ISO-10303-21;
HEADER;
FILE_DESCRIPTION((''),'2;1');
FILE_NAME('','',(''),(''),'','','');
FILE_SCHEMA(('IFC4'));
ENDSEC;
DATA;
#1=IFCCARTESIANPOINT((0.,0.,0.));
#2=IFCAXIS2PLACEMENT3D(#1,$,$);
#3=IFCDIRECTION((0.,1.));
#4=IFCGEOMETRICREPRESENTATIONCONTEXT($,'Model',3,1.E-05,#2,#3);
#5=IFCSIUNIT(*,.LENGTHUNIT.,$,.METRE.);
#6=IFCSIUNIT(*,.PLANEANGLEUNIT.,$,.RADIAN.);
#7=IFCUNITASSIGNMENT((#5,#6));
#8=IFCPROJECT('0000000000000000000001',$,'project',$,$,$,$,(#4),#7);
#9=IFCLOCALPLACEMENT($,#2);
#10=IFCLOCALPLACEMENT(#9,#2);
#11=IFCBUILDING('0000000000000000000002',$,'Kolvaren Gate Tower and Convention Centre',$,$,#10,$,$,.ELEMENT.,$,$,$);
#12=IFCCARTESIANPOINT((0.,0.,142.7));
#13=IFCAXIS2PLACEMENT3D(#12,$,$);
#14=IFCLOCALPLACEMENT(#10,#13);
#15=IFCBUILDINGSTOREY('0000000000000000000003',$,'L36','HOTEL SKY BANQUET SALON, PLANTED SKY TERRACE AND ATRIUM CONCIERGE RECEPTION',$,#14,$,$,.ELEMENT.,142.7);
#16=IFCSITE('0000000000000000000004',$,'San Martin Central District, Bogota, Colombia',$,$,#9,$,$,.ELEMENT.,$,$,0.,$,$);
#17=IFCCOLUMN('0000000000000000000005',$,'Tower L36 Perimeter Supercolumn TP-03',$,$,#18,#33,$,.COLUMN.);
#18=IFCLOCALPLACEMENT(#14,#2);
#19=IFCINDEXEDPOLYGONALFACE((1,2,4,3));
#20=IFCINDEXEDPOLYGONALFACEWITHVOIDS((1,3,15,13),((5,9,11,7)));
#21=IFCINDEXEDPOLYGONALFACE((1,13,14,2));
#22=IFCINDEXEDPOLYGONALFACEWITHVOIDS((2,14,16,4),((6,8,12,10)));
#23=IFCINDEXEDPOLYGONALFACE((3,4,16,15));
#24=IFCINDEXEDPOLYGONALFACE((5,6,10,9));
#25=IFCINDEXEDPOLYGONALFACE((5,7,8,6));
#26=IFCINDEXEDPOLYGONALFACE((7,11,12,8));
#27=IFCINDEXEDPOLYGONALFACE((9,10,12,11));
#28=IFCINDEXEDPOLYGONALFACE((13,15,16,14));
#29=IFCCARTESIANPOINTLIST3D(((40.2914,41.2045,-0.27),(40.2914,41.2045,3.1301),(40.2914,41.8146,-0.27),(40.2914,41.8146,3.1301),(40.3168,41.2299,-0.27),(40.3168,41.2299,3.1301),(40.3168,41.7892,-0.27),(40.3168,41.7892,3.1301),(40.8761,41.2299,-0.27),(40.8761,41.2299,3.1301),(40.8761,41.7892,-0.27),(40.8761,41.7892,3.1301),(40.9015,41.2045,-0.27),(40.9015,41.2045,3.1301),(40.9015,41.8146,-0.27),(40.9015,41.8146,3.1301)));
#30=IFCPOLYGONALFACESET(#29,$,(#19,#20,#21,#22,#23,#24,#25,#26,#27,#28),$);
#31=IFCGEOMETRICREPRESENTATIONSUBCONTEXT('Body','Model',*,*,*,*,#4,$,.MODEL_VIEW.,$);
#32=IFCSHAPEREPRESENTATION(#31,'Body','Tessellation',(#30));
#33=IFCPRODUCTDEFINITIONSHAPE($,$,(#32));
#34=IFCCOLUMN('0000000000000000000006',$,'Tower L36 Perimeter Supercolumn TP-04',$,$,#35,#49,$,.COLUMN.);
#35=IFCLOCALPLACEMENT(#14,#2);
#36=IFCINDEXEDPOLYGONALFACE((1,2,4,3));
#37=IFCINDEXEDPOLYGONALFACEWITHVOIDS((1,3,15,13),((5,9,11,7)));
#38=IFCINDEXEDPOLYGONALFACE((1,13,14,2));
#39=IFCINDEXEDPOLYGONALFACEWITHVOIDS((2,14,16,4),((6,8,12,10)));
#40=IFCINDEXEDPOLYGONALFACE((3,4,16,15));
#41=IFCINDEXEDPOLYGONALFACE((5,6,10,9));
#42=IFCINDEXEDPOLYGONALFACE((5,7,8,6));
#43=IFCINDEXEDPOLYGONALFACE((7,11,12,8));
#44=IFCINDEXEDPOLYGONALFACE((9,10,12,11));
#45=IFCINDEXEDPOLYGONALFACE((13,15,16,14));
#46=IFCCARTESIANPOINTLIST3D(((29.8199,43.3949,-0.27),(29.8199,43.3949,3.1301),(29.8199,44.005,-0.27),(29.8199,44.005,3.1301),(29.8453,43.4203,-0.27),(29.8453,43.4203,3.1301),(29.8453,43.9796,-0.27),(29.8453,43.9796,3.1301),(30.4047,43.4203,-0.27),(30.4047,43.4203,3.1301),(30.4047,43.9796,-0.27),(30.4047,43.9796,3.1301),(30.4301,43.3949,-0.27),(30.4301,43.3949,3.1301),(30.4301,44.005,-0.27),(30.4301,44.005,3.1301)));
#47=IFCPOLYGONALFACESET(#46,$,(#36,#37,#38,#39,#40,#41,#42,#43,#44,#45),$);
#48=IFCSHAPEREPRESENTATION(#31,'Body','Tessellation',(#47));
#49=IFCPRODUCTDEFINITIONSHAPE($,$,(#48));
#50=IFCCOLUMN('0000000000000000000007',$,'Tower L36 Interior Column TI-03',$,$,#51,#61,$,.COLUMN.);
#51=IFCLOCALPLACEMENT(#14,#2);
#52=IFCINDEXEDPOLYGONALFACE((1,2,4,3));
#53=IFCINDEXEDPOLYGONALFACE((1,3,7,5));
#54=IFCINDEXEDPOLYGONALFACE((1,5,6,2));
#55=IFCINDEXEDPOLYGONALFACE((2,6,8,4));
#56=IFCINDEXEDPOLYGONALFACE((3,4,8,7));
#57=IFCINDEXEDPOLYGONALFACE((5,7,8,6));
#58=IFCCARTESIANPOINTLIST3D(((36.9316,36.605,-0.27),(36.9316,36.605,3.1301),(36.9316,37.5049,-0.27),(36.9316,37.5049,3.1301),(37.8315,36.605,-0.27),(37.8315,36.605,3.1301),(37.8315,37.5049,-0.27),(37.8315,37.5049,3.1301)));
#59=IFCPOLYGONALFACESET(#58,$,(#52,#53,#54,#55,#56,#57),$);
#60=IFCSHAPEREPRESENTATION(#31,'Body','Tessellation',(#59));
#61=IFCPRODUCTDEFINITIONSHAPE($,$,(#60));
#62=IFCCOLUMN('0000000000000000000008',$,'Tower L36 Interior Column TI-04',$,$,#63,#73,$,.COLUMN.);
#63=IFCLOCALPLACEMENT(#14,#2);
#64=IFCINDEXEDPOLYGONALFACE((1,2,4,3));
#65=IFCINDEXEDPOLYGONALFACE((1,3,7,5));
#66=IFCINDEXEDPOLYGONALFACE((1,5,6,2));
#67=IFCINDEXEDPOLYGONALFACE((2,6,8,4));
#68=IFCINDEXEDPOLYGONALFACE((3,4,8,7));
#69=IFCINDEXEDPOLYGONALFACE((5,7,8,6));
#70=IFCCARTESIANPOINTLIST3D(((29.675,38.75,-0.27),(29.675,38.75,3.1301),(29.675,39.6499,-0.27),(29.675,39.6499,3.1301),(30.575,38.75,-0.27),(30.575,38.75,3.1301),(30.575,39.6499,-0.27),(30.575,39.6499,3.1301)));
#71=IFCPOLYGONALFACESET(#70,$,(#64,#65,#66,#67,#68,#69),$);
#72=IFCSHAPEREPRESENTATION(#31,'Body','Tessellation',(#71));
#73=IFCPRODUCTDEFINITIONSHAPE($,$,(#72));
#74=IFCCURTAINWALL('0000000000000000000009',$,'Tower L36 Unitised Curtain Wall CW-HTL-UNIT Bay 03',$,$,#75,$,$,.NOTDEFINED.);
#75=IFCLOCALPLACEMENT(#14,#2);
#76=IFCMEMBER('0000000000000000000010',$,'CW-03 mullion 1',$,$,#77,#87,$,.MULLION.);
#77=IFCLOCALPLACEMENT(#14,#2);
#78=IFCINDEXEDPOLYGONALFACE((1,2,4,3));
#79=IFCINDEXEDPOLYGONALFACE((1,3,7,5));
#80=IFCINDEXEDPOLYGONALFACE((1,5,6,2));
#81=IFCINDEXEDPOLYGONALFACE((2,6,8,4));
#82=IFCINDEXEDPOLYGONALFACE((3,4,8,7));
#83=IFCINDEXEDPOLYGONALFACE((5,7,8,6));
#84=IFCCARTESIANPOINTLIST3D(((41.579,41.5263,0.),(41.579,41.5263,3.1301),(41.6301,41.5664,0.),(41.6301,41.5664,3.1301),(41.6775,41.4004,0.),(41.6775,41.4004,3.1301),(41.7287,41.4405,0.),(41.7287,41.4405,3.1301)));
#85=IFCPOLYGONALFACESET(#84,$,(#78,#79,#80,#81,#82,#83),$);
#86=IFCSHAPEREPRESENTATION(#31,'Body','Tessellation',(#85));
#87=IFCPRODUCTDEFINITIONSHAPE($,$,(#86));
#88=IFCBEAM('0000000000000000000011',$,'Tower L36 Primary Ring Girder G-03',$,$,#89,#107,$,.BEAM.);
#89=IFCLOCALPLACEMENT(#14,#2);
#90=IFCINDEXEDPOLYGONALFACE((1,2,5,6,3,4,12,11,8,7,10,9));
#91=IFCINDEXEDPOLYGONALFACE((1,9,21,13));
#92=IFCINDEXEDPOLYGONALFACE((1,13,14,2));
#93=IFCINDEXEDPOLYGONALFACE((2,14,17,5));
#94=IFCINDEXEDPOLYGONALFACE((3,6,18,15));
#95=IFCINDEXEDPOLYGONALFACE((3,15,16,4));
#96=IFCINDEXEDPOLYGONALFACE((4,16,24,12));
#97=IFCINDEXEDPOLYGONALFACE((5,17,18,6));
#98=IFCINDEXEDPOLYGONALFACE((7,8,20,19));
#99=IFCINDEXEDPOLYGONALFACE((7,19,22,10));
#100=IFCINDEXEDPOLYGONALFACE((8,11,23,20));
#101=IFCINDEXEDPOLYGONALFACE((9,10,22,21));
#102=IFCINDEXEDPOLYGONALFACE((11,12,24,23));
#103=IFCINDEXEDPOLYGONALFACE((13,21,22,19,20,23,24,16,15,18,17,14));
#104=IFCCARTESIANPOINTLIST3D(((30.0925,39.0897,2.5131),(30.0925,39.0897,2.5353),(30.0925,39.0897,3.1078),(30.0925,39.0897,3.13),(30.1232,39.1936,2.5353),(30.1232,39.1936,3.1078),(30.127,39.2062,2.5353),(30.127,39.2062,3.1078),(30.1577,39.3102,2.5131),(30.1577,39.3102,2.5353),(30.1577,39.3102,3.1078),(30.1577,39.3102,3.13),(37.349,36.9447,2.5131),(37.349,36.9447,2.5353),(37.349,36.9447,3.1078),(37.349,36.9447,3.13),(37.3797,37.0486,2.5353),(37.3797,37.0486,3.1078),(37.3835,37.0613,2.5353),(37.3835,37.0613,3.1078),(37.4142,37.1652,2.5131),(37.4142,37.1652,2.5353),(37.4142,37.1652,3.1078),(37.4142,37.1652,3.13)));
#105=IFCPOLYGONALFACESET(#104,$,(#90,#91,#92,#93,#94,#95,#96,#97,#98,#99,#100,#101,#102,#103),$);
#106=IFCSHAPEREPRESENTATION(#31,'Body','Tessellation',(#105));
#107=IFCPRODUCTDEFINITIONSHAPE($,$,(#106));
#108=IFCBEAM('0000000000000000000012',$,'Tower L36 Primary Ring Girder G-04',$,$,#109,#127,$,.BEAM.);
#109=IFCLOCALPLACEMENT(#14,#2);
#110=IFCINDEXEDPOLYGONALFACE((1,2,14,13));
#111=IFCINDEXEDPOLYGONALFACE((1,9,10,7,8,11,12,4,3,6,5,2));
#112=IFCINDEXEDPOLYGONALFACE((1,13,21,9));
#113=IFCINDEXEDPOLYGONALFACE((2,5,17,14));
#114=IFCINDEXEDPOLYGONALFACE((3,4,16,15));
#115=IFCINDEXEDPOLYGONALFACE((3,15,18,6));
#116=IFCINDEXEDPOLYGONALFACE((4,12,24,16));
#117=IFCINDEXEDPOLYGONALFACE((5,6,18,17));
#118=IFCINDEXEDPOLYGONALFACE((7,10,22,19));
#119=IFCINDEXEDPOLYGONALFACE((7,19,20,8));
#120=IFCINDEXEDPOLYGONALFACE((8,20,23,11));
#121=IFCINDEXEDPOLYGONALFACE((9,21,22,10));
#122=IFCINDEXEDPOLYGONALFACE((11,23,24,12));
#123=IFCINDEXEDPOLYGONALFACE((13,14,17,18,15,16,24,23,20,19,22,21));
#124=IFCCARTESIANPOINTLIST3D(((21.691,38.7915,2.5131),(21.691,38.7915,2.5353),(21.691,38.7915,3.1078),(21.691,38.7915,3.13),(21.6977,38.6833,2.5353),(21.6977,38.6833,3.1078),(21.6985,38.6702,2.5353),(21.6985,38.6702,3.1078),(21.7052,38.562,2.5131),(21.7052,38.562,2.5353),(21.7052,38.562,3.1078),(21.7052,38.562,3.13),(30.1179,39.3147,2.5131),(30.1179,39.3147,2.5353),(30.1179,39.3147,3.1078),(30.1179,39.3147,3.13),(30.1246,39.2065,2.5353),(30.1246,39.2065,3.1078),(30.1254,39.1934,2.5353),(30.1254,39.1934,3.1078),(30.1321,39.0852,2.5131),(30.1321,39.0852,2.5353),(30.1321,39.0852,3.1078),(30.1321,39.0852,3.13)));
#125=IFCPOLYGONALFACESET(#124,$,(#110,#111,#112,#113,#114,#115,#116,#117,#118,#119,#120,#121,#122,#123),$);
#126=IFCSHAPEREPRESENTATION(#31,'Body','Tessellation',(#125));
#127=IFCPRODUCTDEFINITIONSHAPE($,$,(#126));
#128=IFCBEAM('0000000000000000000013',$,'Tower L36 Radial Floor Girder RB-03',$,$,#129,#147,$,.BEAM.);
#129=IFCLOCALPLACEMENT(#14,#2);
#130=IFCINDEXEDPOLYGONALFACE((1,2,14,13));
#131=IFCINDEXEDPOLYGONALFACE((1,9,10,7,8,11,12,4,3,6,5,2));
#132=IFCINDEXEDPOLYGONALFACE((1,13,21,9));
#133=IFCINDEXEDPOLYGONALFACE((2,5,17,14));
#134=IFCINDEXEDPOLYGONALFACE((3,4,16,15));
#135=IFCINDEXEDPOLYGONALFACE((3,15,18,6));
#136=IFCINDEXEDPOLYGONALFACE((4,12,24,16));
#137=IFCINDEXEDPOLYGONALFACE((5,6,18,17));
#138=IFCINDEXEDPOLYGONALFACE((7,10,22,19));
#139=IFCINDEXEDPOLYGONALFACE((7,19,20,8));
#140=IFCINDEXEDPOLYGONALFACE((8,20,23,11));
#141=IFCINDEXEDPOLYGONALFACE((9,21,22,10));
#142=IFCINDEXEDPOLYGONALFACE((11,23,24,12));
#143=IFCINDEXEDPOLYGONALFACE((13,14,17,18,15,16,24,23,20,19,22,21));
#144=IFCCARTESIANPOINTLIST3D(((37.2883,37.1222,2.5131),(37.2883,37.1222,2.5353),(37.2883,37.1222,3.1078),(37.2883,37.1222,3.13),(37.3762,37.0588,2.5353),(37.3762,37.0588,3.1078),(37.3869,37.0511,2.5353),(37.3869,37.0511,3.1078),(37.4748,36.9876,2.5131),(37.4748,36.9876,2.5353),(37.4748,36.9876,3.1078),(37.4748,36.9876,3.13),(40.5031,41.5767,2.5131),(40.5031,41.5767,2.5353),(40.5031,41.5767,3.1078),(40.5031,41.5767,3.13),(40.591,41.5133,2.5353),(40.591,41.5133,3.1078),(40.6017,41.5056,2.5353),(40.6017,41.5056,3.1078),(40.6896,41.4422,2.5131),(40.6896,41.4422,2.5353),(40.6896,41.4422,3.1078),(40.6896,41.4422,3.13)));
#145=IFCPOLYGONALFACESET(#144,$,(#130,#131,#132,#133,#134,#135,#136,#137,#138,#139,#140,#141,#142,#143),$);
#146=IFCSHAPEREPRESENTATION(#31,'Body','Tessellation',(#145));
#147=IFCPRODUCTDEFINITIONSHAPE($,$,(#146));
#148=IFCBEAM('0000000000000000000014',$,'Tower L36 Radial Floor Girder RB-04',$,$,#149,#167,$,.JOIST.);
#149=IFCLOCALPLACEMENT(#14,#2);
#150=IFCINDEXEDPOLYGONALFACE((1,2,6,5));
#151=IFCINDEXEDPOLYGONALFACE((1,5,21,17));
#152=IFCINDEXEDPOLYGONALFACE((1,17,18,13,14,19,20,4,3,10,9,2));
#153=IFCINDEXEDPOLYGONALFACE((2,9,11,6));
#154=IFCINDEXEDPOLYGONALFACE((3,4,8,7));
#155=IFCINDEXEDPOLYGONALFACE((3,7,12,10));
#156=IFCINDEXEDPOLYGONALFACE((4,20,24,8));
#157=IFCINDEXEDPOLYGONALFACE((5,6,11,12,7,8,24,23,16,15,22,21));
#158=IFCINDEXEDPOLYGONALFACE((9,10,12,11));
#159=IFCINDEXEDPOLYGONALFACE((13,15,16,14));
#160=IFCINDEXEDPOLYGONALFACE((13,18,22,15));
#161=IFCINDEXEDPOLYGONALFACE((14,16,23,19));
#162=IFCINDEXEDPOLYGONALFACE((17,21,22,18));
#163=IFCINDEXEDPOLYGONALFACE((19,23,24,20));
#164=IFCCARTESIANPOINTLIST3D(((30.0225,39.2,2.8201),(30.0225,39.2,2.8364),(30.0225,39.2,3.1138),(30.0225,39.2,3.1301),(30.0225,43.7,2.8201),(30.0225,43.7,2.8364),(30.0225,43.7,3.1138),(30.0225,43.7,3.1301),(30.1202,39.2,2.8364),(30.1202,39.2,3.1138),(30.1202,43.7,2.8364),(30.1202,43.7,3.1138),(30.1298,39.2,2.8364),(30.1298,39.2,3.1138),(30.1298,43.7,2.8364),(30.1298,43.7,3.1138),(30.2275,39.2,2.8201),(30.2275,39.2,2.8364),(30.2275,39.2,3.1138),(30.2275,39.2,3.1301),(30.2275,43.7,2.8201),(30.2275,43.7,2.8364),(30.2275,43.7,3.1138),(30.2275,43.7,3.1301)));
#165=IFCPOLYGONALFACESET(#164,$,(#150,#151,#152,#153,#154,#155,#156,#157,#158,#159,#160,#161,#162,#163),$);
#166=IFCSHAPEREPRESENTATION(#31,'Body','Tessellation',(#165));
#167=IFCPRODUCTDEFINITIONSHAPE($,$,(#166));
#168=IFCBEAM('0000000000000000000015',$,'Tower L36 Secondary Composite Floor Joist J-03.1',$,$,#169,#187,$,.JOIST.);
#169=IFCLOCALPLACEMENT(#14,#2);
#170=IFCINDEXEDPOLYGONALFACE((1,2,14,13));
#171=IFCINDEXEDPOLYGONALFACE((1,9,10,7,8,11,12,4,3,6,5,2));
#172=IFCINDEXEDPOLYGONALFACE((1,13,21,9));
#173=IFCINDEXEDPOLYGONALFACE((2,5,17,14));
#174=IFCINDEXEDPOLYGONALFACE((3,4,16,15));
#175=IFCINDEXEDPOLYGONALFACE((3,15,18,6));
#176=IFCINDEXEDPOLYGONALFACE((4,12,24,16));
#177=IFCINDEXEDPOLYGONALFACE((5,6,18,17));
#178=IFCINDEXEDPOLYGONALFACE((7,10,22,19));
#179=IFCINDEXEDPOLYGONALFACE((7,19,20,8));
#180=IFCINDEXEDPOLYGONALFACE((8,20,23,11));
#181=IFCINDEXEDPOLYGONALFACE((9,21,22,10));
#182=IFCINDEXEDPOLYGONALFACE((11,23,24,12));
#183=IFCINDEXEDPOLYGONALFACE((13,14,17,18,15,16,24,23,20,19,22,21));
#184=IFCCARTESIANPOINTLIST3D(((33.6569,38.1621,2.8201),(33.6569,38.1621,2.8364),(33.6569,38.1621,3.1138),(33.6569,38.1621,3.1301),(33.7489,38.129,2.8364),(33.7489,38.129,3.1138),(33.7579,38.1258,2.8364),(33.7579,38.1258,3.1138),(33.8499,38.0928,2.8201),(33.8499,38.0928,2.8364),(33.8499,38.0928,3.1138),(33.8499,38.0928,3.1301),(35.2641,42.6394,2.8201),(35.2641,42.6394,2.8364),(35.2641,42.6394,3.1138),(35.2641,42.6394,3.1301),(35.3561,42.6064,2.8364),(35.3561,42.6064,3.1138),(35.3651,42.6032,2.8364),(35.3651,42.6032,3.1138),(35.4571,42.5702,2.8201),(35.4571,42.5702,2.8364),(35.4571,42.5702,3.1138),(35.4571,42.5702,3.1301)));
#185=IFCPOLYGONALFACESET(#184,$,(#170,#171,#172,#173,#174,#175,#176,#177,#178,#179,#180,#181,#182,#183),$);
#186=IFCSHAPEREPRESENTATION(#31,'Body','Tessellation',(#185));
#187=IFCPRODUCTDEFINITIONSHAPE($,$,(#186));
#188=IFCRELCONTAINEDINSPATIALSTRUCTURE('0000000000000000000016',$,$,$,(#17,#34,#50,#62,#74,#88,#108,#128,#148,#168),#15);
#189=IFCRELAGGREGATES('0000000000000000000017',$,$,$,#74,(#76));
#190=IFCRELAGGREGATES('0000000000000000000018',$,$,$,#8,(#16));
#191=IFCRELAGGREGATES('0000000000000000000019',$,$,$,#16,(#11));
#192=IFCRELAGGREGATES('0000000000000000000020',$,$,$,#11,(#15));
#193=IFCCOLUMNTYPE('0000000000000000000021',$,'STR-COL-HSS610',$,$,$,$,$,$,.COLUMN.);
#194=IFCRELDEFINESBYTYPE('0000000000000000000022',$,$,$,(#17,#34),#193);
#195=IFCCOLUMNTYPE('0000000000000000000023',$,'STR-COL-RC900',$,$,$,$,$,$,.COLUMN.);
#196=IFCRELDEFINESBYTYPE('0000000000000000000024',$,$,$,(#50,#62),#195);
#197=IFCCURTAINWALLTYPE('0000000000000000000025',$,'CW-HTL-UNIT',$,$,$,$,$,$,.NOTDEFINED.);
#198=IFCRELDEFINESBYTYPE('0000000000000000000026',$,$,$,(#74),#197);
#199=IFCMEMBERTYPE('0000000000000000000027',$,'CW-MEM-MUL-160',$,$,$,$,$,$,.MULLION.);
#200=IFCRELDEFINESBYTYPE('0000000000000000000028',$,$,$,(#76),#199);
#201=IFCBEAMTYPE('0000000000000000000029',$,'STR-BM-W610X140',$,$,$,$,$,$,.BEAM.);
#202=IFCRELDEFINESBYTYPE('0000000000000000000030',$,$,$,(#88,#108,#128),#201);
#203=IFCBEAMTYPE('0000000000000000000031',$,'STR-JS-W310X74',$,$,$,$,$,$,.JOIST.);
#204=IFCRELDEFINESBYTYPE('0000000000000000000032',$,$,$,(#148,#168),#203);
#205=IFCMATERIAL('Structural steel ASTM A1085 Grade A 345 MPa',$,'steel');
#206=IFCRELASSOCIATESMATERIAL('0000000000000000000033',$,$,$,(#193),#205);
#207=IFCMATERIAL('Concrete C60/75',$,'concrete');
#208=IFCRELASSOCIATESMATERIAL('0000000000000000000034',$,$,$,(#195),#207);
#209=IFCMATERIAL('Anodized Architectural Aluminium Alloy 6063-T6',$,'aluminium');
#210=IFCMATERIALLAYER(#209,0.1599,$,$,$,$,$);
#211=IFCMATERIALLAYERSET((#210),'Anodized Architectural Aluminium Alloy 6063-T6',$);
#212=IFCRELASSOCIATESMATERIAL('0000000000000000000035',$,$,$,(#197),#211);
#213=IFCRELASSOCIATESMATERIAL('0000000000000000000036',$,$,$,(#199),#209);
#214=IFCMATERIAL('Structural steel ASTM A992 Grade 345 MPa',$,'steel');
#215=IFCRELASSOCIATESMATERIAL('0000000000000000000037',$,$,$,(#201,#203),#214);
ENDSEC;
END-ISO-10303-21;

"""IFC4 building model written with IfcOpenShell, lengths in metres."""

from ifc_helpers import new_model, si_unit, direction, frame, origin, origin_2d, place, context, subcontext, project, spatial, rectangle, hollow_rectangle, i_section, extrude, material, layer, layer_set, material_profile, profile_set, type_object, element, aggregate, save


model = new_model("IFC4")

# Units and contexts
model_context = context("Model", 3, precision=1e-05, world=origin(), true_north=direction((0.0, 1.0)))
body_context = subcontext(model_context, "Body", "Model", "MODEL_VIEW")
ifc_project = project(units=[si_unit("LENGTHUNIT", "METRE"), si_unit("PLANEANGLEUNIT", "RADIAN")], contexts=[model_context])

# Site, building, storey
site_placement = place(None, origin())
site = spatial("IfcSite", under=ifc_project, at=site_placement, Name="San Martin Central District, Bogota, Colombia", CompositionType="ELEMENT", RefElevation=0.0)
building_placement = place(site_placement, origin())
building = spatial("IfcBuilding", under=site, at=building_placement, Name="Kolvaren Gate Tower and Convention Centre", CompositionType="ELEMENT")
storey_placement = place(building_placement, frame((0.0, 0.0, 142.7)))
storey = spatial("IfcBuildingStorey", under=building, at=storey_placement, Name="L36", Description="HOTEL SKY BANQUET SALON, PLANTED SKY TERRACE AND ATRIUM CONCIERGE RECEPTION", CompositionType="ELEMENT", Elevation=142.7)

# Columns
ifc_material_1 = material(Name="Structural steel ASTM A1085 Grade A 345 MPa", Category="steel")
ifc_material_profile_1 = material_profile(ifc_material_1, hollow_rectangle(XDim=0.6101, YDim=0.6101, WallThickness=0.0254, at=origin_2d()), Name="HSS610X610X25.4")
ifc_profile_set_1 = profile_set([ifc_material_profile_1], Name="Structural steel ASTM A1085 Grade A 345 MPa")
column_type_1 = type_object("IfcColumnType", Name="STR-COL-HSS610", PredefinedType="COLUMN", material=ifc_profile_set_1)
for number, where, z_axis, x_axis, name in (
    (1, (40.5964, 41.5095, -0.27), (0.0, 0.0, 1.0), (1.0, 0.0, 0.0), "Tower L36 Perimeter Supercolumn TP-03"),
    (2, (30.125, 43.7, -0.27), (0.0, 0.0, 1.0), (1.0, 0.0, 0.0), "Tower L36 Perimeter Supercolumn TP-04"),
):
    element("IfcColumn", number, at=place(storey_placement, frame(where, z_axis=z_axis, x_axis=x_axis)), inside=storey, type_object=column_type_1, Name=name, PredefinedType="COLUMN", context=body_context, shape_type="SweptSolid", body=[
        extrude(hollow_rectangle(XDim=0.6101, YDim=0.6101, WallThickness=0.0254, at=origin_2d()), origin(), (0.0, 0.0, 1.0), 3.4001),
    ])
ifc_material_2 = material(Name="Concrete C60/75", Category="concrete")
ifc_material_profile_2 = material_profile(ifc_material_2, rectangle(XDim=0.8999, YDim=0.8999, at=origin_2d()), Name="RC-COL-900X900")
ifc_profile_set_2 = profile_set([ifc_material_profile_2], Name="Concrete C60/75")
column_type_2 = type_object("IfcColumnType", Name="STR-COL-RC900", PredefinedType="COLUMN", material=ifc_profile_set_2)
for number, where, z_axis, x_axis, name in (
    (3, (37.3816, 37.0549, -0.27), (0.0, 0.0, 1.0), (1.0, 0.0, 0.0), "Tower L36 Interior Column TI-03"),
    (4, (30.125, 39.2, -0.27), (0.0, 0.0, 1.0), (1.0, 0.0, 0.0), "Tower L36 Interior Column TI-04"),
):
    element("IfcColumn", number, at=place(storey_placement, frame(where, z_axis=z_axis, x_axis=x_axis)), inside=storey, type_object=column_type_2, Name=name, PredefinedType="COLUMN", context=body_context, shape_type="SweptSolid", body=[
        extrude(rectangle(XDim=0.8999, YDim=0.8999, at=origin_2d()), origin(), (0.0, 0.0, 1.0), 3.4001),
    ])

# Curtain wall, member
ifc_material_3 = material(Name="Anodized Architectural Aluminium Alloy 6063-T6", Category="aluminium")
ifc_layer_1 = layer(ifc_material_3, 0.1599)
ifc_layer_set_1 = layer_set([ifc_layer_1], Name="Anodized Architectural Aluminium Alloy 6063-T6")
curtain_wall_type = type_object("IfcCurtainWallType", Name="CW-HTL-UNIT", PredefinedType="NOTDEFINED", material=ifc_layer_set_1)
curtain_wall_placement = place(storey_placement, origin())
curtain_wall = element("IfcCurtainWall", 5, at=curtain_wall_placement, inside=storey, type_object=curtain_wall_type, Name="Tower L36 Unitised Curtain Wall CW-HTL-UNIT Bay 03", PredefinedType="NOTDEFINED")
ifc_material_profile_3 = material_profile(ifc_material_3, rectangle(XDim=0.0649, YDim=0.1599, at=origin_2d()), Name="CW-MEM-MUL-160")
ifc_profile_set_3 = profile_set([ifc_material_profile_3], Name="Anodized Architectural Aluminium Alloy 6063-T6")
member_type = type_object("IfcMemberType", Name="CW-MEM-MUL-160", PredefinedType="MULLION", material=ifc_profile_set_3)
member_placement = place(storey_placement, frame((41.6538, 41.4834, 0.0), z_axis=(0.0, 0.0, 1.0), x_axis=(0.787404, 0.616438, 0.0)))
member = element("IfcMember", 6, at=member_placement, type_object=member_type, Name="CW-03 mullion 1", PredefinedType="MULLION", context=body_context, shape_type="SweptSolid", body=[
    extrude(rectangle(XDim=0.0649, YDim=0.1599, at=origin_2d()), origin(), (0.0, 0.0, 1.0), 3.1301),
])
aggregate(curtain_wall, [member])

# Beams
ifc_material_4 = material(Name="Structural steel ASTM A992 Grade 345 MPa", Category="steel")
ifc_material_profile_4 = material_profile(ifc_material_4, i_section(OverallWidth=0.23, OverallDepth=0.6169, WebThickness=0.0132, FlangeThickness=0.0222, at=origin_2d()), Name="W610X140")
ifc_profile_set_4 = profile_set([ifc_material_profile_4], Name="Structural steel ASTM A992 Grade 345 MPa")
beam_type_1 = type_object("IfcBeamType", Name="STR-BM-W610X140", PredefinedType="BEAM", material=ifc_profile_set_4)
beam_1_placement = place(storey_placement, frame((37.3816, 37.0549, 2.8215), z_axis=(-0.958981, 0.283471, 0.0), x_axis=(-0.283471, -0.958981, 0.0)))
element("IfcBeam", 7, at=beam_1_placement, inside=storey, type_object=beam_type_1, Name="Tower L36 Primary Ring Girder G-03", PredefinedType="BEAM", context=body_context, shape_type="SweptSolid", body=[
    extrude(i_section(OverallWidth=0.23, OverallDepth=0.6169, WebThickness=0.0132, FlangeThickness=0.0222, at=origin_2d()), origin(), (0.0, 0.0, 1.0), 7.5669),
])
beam_2_placement = place(storey_placement, frame((30.125, 39.2, 2.8215), z_axis=(-0.998078, -0.061966, 0.0), x_axis=(0.061966, -0.998078, 0.0)))
element("IfcBeam", 8, at=beam_2_placement, inside=storey, type_object=beam_type_1, Name="Tower L36 Primary Ring Girder G-04", PredefinedType="BEAM", context=body_context, shape_type="SweptSolid", body=[
    extrude(i_section(OverallWidth=0.23, OverallDepth=0.6169, WebThickness=0.0132, FlangeThickness=0.0222, at=origin_2d()), origin(), (0.0, 0.0, 1.0), 8.4431),
])
beam_3_placement = place(storey_placement, frame((37.3816, 37.0549, 2.8215), z_axis=(0.585208, 0.810883, 0.0), x_axis=(-0.810883, 0.585208, 0.0)))
element("IfcBeam", 9, at=beam_3_placement, inside=storey, type_object=beam_type_1, Name="Tower L36 Radial Floor Girder RB-03", PredefinedType="BEAM", context=body_context, shape_type="SweptSolid", body=[
    extrude(i_section(OverallWidth=0.23, OverallDepth=0.6169, WebThickness=0.0132, FlangeThickness=0.0222, at=origin_2d()), origin(), (0.0, 0.0, 1.0), 5.4934),
])
ifc_material_profile_5 = material_profile(ifc_material_4, i_section(OverallWidth=0.2051, OverallDepth=0.3101, WebThickness=0.0095, FlangeThickness=0.0164, at=origin_2d()), Name="W310X74")
ifc_profile_set_5 = profile_set([ifc_material_profile_5], Name="Structural steel ASTM A992 Grade 345 MPa")
beam_type_2 = type_object("IfcBeamType", Name="STR-JS-W310X74", PredefinedType="JOIST", material=ifc_profile_set_5)
beam_4_placement = place(storey_placement, frame((30.125, 39.2, 2.9751), z_axis=(0.0, 1.0, 0.0), x_axis=(-1.0, 0.0, 0.0)))
element("IfcBeam", 10, at=beam_4_placement, inside=storey, type_object=beam_type_2, Name="Tower L36 Radial Floor Girder RB-04", PredefinedType="JOIST", context=body_context, shape_type="SweptSolid", body=[
    extrude(i_section(OverallWidth=0.2051, OverallDepth=0.3101, WebThickness=0.0095, FlangeThickness=0.0164, at=origin_2d()), origin(), (0.0, 0.0, 1.0), 4.5),
])
beam_5_placement = place(storey_placement, frame((33.7534, 38.1274, 2.9751), z_axis=(0.337854, 0.941198, 0.0), x_axis=(-0.941198, 0.337854, 0.0)))
element("IfcBeam", 11, at=beam_5_placement, inside=storey, type_object=beam_type_2, Name="Tower L36 Secondary Composite Floor Joist J-03.1", PredefinedType="JOIST", context=body_context, shape_type="SweptSolid", body=[
    extrude(i_section(OverallWidth=0.2051, OverallDepth=0.3101, WebThickness=0.0095, FlangeThickness=0.0164, at=origin_2d()), origin(), (0.0, 0.0, 1.0), 4.7571),
])

save(model, "model.ifc")
